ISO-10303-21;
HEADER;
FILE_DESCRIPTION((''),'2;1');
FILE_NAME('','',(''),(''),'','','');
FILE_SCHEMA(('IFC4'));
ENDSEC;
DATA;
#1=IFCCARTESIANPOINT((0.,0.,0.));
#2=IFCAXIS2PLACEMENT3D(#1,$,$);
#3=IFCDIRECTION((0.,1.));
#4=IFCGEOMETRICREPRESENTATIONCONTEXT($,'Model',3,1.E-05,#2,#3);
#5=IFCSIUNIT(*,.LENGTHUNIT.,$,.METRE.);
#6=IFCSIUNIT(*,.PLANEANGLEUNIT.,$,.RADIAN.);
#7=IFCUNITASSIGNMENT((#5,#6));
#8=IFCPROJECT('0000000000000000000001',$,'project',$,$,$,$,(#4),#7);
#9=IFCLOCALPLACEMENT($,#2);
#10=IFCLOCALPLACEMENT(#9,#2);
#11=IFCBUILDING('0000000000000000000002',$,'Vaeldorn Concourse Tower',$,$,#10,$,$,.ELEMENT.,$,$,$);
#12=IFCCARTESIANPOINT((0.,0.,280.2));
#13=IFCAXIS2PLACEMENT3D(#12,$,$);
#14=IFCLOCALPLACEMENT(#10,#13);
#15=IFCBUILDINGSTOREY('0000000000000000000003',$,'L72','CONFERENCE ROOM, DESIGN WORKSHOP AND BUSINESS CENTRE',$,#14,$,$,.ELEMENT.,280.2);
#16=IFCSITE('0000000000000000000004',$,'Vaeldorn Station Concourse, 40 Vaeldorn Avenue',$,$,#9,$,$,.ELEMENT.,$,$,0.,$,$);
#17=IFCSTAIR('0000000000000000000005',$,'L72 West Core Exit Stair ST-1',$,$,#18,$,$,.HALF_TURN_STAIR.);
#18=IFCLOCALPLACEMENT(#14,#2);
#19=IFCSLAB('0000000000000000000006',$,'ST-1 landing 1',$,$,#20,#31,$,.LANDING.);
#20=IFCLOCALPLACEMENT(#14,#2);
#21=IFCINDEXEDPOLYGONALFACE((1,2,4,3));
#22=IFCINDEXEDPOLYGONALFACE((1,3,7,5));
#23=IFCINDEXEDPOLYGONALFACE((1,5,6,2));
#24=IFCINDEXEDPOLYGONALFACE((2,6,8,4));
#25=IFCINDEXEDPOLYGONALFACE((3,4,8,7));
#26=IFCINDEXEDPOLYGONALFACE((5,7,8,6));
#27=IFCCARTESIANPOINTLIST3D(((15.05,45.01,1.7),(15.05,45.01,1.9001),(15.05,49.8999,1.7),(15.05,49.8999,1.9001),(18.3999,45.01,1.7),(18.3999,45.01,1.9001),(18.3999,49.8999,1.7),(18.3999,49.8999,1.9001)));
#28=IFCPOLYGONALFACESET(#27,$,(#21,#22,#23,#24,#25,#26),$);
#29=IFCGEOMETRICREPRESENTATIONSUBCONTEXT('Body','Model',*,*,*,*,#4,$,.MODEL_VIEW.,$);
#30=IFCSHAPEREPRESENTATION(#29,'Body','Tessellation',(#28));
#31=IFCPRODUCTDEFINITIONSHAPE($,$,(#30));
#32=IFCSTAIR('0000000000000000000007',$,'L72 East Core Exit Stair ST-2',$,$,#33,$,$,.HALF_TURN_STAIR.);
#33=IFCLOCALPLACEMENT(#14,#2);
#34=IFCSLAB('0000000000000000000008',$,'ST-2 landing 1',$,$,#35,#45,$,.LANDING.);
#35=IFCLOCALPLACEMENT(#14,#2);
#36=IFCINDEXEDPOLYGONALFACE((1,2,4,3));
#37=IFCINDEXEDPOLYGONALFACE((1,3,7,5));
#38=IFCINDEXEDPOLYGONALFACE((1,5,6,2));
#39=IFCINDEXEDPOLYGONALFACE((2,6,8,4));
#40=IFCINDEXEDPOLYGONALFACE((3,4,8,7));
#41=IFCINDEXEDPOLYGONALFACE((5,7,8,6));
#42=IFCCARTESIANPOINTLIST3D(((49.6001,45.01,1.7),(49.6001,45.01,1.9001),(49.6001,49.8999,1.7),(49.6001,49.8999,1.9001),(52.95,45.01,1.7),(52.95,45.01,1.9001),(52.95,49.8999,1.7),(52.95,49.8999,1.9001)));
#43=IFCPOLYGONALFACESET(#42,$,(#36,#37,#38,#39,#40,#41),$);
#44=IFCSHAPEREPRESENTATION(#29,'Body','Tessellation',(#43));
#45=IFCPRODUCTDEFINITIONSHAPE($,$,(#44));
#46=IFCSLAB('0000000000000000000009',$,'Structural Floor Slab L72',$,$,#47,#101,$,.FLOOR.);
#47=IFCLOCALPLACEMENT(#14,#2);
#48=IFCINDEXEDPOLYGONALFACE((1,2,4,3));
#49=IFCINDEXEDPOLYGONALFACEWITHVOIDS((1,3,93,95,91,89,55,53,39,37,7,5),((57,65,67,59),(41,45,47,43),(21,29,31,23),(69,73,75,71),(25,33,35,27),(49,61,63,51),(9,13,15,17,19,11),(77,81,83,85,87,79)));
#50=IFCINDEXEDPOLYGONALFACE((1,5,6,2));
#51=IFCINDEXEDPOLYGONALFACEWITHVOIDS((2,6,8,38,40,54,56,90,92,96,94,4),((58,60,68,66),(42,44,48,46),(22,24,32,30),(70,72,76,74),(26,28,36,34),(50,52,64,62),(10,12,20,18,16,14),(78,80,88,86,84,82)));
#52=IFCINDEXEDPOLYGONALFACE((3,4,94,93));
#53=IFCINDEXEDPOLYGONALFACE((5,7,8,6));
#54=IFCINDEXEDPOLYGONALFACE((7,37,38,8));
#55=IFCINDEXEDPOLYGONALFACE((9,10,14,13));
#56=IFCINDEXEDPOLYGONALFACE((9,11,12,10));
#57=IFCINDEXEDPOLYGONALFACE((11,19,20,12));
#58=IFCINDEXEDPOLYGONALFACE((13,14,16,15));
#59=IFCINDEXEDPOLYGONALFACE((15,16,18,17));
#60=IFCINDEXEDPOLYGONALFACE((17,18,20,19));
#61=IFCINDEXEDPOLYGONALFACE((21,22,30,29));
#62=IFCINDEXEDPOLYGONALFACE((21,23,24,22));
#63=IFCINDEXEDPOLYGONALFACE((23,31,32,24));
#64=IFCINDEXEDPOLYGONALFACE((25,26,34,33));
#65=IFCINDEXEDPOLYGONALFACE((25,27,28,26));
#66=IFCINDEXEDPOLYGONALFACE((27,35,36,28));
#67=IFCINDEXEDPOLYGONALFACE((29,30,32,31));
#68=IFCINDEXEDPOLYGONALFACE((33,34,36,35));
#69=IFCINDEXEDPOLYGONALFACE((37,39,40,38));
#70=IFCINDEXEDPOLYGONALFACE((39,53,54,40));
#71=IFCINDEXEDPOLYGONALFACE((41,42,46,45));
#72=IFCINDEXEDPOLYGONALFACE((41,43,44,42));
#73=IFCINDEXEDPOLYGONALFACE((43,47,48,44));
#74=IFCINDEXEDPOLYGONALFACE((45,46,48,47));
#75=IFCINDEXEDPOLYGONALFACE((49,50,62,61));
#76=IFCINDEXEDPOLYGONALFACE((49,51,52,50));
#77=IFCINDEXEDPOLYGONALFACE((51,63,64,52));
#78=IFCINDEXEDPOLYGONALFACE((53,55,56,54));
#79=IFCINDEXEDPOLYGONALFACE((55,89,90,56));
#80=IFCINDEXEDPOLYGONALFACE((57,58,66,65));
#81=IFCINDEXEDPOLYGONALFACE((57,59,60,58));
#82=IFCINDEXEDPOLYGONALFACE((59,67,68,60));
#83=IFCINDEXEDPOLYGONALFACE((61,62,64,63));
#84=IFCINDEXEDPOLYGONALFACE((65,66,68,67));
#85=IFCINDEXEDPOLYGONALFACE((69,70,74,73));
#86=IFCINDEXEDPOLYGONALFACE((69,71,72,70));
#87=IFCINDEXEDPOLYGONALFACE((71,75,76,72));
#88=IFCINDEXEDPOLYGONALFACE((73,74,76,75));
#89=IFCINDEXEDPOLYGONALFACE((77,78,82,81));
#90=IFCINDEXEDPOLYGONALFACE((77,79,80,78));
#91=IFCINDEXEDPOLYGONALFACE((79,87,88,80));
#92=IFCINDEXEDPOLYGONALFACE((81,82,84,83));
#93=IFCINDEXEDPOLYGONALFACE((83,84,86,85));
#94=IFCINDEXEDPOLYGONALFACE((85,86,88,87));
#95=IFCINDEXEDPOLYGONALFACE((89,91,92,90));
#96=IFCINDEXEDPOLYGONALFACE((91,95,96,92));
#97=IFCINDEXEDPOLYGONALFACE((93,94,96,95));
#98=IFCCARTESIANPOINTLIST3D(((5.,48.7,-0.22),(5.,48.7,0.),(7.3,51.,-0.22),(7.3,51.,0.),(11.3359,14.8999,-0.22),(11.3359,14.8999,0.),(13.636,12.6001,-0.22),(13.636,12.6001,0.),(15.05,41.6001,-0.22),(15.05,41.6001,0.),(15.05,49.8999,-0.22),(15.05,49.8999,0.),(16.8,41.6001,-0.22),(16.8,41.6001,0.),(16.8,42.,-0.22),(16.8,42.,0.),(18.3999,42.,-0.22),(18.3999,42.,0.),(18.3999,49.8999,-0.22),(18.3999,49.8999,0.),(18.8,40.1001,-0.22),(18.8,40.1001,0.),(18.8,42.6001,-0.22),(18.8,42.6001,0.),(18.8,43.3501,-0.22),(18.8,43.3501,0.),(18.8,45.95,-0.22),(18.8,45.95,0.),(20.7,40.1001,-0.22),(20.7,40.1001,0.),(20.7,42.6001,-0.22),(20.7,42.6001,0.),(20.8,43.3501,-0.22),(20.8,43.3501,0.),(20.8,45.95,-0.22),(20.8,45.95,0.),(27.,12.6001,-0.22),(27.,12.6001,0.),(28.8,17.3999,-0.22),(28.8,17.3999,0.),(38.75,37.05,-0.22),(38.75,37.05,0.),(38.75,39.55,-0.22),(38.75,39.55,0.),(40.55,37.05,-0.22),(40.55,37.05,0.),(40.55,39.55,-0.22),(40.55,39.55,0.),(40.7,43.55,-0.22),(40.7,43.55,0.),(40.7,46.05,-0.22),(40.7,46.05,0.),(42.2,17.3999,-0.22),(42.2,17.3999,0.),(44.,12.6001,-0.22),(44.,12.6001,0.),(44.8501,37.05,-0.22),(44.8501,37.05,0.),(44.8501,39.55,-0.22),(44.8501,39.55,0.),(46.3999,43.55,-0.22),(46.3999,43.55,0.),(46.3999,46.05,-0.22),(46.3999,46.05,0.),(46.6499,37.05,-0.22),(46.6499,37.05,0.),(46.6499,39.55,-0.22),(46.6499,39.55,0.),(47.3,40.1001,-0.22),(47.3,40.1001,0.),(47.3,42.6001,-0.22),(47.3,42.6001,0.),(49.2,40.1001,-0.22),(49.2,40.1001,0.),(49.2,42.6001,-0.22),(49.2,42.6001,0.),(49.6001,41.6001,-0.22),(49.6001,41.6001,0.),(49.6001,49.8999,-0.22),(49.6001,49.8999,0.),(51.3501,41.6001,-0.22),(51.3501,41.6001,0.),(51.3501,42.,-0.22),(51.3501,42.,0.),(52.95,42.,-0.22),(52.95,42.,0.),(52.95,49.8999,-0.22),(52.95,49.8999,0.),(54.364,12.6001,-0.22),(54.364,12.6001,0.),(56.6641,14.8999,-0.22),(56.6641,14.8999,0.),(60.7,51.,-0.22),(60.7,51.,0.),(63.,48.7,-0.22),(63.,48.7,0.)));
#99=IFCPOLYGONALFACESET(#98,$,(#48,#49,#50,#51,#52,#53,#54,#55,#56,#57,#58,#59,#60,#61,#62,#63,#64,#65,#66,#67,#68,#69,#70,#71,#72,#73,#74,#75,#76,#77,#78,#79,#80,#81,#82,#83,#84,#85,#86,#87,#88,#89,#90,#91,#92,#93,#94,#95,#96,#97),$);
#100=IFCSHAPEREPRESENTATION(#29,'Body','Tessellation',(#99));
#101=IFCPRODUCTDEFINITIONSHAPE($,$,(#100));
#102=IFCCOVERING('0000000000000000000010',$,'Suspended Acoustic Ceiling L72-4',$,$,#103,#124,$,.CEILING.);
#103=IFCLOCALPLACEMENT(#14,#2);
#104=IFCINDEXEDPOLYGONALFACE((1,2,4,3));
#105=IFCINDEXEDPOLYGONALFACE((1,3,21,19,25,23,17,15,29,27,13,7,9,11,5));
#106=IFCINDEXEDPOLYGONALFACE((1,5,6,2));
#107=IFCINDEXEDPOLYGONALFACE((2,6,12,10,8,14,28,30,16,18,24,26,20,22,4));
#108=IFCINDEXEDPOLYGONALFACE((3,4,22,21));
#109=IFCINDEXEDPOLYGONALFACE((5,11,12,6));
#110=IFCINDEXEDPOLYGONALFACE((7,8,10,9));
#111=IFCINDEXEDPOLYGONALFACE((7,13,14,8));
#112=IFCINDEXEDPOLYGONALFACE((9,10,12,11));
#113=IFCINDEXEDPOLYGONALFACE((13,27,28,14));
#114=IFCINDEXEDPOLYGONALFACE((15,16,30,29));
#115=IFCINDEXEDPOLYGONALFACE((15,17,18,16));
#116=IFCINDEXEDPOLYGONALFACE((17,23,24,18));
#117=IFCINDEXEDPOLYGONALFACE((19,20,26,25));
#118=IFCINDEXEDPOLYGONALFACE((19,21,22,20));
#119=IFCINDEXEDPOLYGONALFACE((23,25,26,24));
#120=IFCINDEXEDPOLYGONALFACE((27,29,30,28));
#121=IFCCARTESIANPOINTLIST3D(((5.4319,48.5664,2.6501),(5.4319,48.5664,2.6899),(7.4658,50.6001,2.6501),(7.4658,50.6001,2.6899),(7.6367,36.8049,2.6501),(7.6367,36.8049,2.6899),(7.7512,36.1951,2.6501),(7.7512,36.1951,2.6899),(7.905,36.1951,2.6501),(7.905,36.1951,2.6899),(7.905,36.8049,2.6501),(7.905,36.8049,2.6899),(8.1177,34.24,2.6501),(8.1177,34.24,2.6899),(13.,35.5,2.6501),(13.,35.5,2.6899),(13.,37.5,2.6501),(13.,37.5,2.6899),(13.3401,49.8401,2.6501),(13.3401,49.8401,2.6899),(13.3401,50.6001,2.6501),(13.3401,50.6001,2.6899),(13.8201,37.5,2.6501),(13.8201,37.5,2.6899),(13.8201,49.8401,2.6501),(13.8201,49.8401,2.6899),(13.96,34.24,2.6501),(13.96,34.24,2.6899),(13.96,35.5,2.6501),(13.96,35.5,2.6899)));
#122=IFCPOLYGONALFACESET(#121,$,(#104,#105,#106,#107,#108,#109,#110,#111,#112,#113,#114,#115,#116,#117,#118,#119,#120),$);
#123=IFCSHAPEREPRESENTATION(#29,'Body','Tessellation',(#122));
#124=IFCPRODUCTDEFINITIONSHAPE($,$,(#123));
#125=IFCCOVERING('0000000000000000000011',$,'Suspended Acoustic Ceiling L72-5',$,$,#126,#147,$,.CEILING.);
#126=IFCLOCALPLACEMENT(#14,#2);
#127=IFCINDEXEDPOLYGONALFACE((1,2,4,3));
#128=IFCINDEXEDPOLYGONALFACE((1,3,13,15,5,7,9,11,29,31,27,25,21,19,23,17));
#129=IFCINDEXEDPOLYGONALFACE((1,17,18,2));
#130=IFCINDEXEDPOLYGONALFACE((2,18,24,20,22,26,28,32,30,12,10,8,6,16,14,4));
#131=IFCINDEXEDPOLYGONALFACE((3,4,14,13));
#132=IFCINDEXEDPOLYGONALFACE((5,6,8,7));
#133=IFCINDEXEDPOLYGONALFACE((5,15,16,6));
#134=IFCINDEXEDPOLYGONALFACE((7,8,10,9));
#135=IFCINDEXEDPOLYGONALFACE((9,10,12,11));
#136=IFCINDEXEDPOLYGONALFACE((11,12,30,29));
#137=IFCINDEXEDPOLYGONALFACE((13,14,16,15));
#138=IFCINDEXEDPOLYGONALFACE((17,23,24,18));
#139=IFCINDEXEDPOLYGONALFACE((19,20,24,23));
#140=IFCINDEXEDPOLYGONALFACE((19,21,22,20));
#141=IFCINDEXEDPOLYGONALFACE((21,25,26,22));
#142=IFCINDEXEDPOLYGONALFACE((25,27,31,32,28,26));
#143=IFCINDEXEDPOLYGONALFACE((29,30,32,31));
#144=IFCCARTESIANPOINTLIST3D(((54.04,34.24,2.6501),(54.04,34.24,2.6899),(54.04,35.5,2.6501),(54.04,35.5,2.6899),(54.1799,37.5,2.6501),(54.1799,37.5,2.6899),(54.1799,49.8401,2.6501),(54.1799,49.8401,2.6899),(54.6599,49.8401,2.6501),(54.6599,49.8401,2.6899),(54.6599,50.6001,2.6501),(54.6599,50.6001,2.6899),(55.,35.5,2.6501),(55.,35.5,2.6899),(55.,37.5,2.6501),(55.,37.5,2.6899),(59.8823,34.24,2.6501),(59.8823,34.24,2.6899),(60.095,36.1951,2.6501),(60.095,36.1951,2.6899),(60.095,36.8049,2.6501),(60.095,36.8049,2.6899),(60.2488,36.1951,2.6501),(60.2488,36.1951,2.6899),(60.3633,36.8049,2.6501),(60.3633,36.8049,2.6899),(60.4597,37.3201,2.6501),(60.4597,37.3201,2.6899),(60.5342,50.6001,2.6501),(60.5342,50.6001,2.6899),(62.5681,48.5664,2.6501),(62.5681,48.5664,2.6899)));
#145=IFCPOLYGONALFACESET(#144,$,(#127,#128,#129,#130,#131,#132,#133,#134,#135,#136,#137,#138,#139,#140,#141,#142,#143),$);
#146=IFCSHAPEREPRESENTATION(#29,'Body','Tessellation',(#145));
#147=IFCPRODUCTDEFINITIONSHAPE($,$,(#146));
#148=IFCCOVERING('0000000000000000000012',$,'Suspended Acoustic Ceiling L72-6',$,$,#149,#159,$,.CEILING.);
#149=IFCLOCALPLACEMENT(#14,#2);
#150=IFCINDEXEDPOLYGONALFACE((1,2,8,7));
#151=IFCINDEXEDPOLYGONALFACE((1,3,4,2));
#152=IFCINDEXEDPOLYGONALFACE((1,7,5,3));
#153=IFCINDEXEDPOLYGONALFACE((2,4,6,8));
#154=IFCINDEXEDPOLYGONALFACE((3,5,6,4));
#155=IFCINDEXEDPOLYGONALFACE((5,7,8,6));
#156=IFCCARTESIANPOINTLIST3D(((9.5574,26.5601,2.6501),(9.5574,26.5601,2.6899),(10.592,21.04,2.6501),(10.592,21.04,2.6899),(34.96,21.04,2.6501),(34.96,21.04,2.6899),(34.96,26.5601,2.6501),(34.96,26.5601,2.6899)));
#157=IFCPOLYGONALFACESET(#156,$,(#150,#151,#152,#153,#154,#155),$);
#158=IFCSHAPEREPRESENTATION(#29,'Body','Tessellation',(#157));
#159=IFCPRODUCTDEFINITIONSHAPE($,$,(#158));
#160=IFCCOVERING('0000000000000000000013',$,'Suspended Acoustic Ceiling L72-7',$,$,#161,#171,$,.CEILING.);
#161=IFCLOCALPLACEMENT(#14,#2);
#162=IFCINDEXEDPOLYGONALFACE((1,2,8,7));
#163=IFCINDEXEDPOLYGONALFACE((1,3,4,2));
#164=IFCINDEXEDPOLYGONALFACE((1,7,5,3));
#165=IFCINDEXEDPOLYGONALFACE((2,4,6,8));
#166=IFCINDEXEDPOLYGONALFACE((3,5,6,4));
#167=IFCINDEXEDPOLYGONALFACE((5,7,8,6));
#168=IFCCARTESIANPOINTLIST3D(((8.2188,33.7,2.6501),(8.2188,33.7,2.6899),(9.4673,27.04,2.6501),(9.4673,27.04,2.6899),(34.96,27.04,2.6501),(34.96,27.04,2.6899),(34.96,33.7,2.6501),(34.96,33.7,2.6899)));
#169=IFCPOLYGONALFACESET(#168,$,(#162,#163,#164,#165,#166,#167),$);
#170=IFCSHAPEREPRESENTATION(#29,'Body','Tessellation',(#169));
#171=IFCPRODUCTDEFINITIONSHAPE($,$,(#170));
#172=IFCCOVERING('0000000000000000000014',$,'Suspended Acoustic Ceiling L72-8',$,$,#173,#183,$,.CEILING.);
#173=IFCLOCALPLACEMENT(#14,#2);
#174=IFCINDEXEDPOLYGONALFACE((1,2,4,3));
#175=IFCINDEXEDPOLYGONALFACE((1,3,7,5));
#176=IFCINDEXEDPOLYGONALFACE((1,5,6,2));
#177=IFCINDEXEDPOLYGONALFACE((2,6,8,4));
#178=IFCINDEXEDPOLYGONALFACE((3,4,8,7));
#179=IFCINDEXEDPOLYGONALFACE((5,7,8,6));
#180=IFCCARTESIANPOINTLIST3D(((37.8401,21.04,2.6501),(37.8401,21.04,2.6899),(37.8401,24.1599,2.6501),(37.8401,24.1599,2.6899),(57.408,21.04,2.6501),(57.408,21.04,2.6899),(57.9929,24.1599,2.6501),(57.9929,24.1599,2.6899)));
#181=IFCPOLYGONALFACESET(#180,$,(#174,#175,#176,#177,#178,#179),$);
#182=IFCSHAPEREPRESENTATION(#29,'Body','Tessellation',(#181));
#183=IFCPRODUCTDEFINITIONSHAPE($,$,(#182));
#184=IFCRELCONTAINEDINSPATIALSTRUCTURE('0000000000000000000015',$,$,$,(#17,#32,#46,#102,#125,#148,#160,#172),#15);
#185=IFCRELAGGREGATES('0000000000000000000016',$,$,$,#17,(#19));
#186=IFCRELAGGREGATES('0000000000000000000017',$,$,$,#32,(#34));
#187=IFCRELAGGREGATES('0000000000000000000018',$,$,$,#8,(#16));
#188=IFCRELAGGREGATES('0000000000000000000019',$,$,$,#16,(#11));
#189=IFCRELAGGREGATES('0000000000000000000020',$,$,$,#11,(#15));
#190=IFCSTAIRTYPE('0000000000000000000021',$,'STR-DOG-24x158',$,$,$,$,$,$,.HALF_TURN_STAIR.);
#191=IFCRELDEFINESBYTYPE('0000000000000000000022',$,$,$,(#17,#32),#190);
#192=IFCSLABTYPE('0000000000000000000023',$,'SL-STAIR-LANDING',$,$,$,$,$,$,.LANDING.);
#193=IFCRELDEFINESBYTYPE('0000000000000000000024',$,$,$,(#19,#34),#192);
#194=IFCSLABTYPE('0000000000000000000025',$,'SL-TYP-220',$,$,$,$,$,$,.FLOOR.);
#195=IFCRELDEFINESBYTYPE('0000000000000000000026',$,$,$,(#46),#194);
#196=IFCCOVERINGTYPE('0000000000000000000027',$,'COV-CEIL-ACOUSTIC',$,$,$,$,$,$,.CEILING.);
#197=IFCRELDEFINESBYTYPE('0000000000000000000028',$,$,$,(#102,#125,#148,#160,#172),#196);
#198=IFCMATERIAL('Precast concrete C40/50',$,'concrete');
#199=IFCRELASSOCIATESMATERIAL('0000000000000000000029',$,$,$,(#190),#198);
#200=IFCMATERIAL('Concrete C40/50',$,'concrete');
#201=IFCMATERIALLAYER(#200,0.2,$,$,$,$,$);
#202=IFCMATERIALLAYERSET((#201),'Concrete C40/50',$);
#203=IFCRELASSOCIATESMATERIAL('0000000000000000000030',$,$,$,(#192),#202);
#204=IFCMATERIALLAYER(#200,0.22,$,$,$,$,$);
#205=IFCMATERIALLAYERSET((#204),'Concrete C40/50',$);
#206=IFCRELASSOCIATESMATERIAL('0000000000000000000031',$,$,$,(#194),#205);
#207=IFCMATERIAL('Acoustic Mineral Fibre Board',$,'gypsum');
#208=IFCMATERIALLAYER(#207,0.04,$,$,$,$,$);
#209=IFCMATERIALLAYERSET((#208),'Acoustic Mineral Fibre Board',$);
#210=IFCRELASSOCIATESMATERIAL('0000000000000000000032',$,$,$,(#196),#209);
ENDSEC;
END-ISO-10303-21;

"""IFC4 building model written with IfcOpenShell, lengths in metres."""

from ifc_helpers import new_model, si_unit, direction, frame, origin, place, context, subcontext, project, spatial, polyline, outline, extrude, material, layer, layer_set, type_object, element, aggregate, save


model = new_model("IFC4")

# Units and contexts
model_context = context("Model", 3, precision=1e-05, world=origin(), true_north=direction((0.0, 1.0)))
body_context = subcontext(model_context, "Body", "Model", "MODEL_VIEW")
ifc_project = project(units=[si_unit("LENGTHUNIT", "METRE"), si_unit("PLANEANGLEUNIT", "RADIAN")], contexts=[model_context])

# Site, building, storey
site_placement = place(None, origin())
site = spatial("IfcSite", under=ifc_project, at=site_placement, Name="Vaeldorn Station Concourse, 40 Vaeldorn Avenue", CompositionType="ELEMENT", RefElevation=0.0)
building_placement = place(site_placement, origin())
building = spatial("IfcBuilding", under=site, at=building_placement, Name="Vaeldorn Concourse Tower", CompositionType="ELEMENT")
storey_placement = place(building_placement, frame((0.0, 0.0, 280.2)))
storey = spatial("IfcBuildingStorey", under=building, at=storey_placement, Name="L72", Description="CONFERENCE ROOM, DESIGN WORKSHOP AND BUSINESS CENTRE", CompositionType="ELEMENT", Elevation=280.2)

# Stairs, slabs
ifc_material_1 = material(Name="Precast concrete C40/50", Category="concrete")
stair_type = type_object("IfcStairType", Name="STR-DOG-24x158", PredefinedType="HALF_TURN_STAIR", material=ifc_material_1)
stair_1_placement = place(storey_placement, origin())
stair_1 = element("IfcStair", 1, at=stair_1_placement, inside=storey, type_object=stair_type, Name="L72 West Core Exit Stair ST-1", PredefinedType="HALF_TURN_STAIR")
ifc_material_2 = material(Name="Concrete C40/50", Category="concrete")
ifc_layer_1 = layer(ifc_material_2, 0.2)
ifc_layer_set_1 = layer_set([ifc_layer_1], Name="Concrete C40/50")
slab_type_1 = type_object("IfcSlabType", Name="SL-STAIR-LANDING", PredefinedType="LANDING", material=ifc_layer_set_1)
slab_1_placement = place(storey_placement, frame((0.0, 0.0, 1.7)))
slab_1 = element("IfcSlab", 2, at=slab_1_placement, type_object=slab_type_1, Name="ST-1 landing 1", PredefinedType="LANDING", context=body_context, shape_type="SweptSolid", body=[
    extrude(outline(polyline([(18.3999, 45.01), (18.3999, 49.8999), (15.05, 49.8999), (15.05, 45.01), (18.3999, 45.01)])), origin(), (0.0, 0.0, 1.0), 0.2002),
])
aggregate(stair_1, [slab_1])
stair_2_placement = place(storey_placement, origin())
stair_2 = element("IfcStair", 3, at=stair_2_placement, inside=storey, type_object=stair_type, Name="L72 East Core Exit Stair ST-2", PredefinedType="HALF_TURN_STAIR")
slab_2_placement = place(storey_placement, frame((0.0, 0.0, 1.7)))
slab_2 = element("IfcSlab", 4, at=slab_2_placement, type_object=slab_type_1, Name="ST-2 landing 1", PredefinedType="LANDING", context=body_context, shape_type="SweptSolid", body=[
    extrude(outline(polyline([(52.95, 45.01), (52.95, 49.8999), (49.6001, 49.8999), (49.6001, 45.01), (52.95, 45.01)])), origin(), (0.0, 0.0, 1.0), 0.2002),
])
aggregate(stair_2, [slab_2])

# Slab
ifc_layer_2 = layer(ifc_material_2, 0.22)
ifc_layer_set_2 = layer_set([ifc_layer_2], Name="Concrete C40/50")
slab_type_2 = type_object("IfcSlabType", Name="SL-TYP-220", PredefinedType="FLOOR", material=ifc_layer_set_2)
slab_3_placement = place(storey_placement, frame((0.0, 0.0, -0.22)))
element("IfcSlab", 5, at=slab_3_placement, inside=storey, type_object=slab_type_2, Name="Structural Floor Slab L72", PredefinedType="FLOOR", context=body_context, shape_type="SweptSolid", body=[
    extrude(outline(polyline([(13.636, 12.6001), (27.0, 12.6001), (28.8, 17.3999), (42.2, 17.3999), (44.0, 12.6001), (54.364, 12.6001), (56.6641, 14.8999), (63.0, 48.7), (60.7, 51.0), (7.3, 51.0), (5.0, 48.7), (11.3359, 14.8999), (13.636, 12.6001)]), holes=[polyline([(18.3999, 42.0), (18.3999, 49.8999), (15.05, 49.8999), (15.05, 41.6001), (16.8, 41.6001), (16.8, 42.0), (18.3999, 42.0)]), polyline([(52.95, 42.0), (52.95, 49.8999), (49.6001, 49.8999), (49.6001, 41.6001), (51.3501, 41.6001), (51.3501, 42.0), (52.95, 42.0)]), polyline([(38.75, 37.05), (40.55, 37.05), (40.55, 39.55), (38.75, 39.55), (38.75, 37.05)]), polyline([(44.8501, 37.05), (46.6499, 37.05), (46.6499, 39.55), (44.8501, 39.55), (44.8501, 37.05)]), polyline([(40.7, 43.55), (46.3999, 43.55), (46.3999, 46.05), (40.7, 46.05), (40.7, 43.55)]), polyline([(18.8, 43.3501), (20.8, 43.3501), (20.8, 45.95), (18.8, 45.95), (18.8, 43.3501)]), polyline([(18.8, 40.1001), (20.7, 40.1001), (20.7, 42.6001), (18.8, 42.6001), (18.8, 40.1001)]), polyline([(47.3, 40.1001), (49.2, 40.1001), (49.2, 42.6001), (47.3, 42.6001), (47.3, 40.1001)])]), origin(), (0.0, 0.0, 1.0), 0.22),
])

# Coverings
ifc_material_3 = material(Name="Acoustic Mineral Fibre Board", Category="gypsum")
ifc_layer_3 = layer(ifc_material_3, 0.04)
ifc_layer_set_3 = layer_set([ifc_layer_3], Name="Acoustic Mineral Fibre Board")
covering_type_1 = type_object("IfcCoveringType", Name="COV-CEIL-ACOUSTIC", PredefinedType="CEILING", material=ifc_layer_set_3)
covering_1_placement = place(storey_placement, frame((0.0, 0.0, 2.6501)))
element("IfcCovering", 6, at=covering_1_placement, inside=storey, type_object=covering_type_1, Name="Suspended Acoustic Ceiling L72-4", PredefinedType="CEILING", context=body_context, shape_type="SweptSolid", body=[
    extrude(outline(polyline([(7.4658, 50.6001), (13.3401, 50.6001), (13.3401, 49.8401), (13.8201, 49.8401), (13.8201, 37.5), (13.0, 37.5), (13.0, 35.5), (13.96, 35.5), (13.96, 34.24), (8.1177, 34.24), (7.7512, 36.1951), (7.905, 36.1951), (7.905, 36.8049), (7.6367, 36.8049), (5.4319, 48.5664), (7.4658, 50.6001)])), origin(), (0.0, 0.0, 1.0), 0.0398),
])
covering_2_placement = place(storey_placement, frame((0.0, 0.0, 2.6501)))
element("IfcCovering", 7, at=covering_2_placement, inside=storey, type_object=covering_type_1, Name="Suspended Acoustic Ceiling L72-5", PredefinedType="CEILING", context=body_context, shape_type="SweptSolid", body=[
    extrude(outline(polyline([(54.1799, 49.8401), (54.6599, 49.8401), (54.6599, 50.6001), (60.5342, 50.6001), (62.5681, 48.5664), (60.4597, 37.3201), (60.4597, 37.3201), (60.3633, 36.8049), (60.095, 36.8049), (60.095, 36.1951), (60.2488, 36.1951), (59.8823, 34.24), (54.04, 34.24), (54.04, 35.5), (55.0, 35.5), (55.0, 37.5), (54.1799, 37.5), (54.1799, 49.8401)])), origin(), (0.0, 0.0, 1.0), 0.0398),
])
covering_3_placement = place(storey_placement, frame((0.0, 0.0, 2.6501)))
element("IfcCovering", 8, at=covering_3_placement, inside=storey, type_object=covering_type_1, Name="Suspended Acoustic Ceiling L72-6", PredefinedType="CEILING", context=body_context, shape_type="SweptSolid", body=[
    extrude(outline(polyline([(34.96, 26.5601), (34.96, 21.04), (10.592, 21.04), (9.5574, 26.5601), (34.96, 26.5601)])), origin(), (0.0, 0.0, 1.0), 0.0398),
])
covering_4_placement = place(storey_placement, frame((0.0, 0.0, 2.6501)))
element("IfcCovering", 9, at=covering_4_placement, inside=storey, type_object=covering_type_1, Name="Suspended Acoustic Ceiling L72-7", PredefinedType="CEILING", context=body_context, shape_type="SweptSolid", body=[
    extrude(outline(polyline([(34.96, 33.7), (34.96, 27.04), (9.4673, 27.04), (8.2188, 33.7), (34.96, 33.7)])), origin(), (0.0, 0.0, 1.0), 0.0398),
])
covering_5_placement = place(storey_placement, frame((0.0, 0.0, 2.6501)))
element("IfcCovering", 10, at=covering_5_placement, inside=storey, type_object=covering_type_1, Name="Suspended Acoustic Ceiling L72-8", PredefinedType="CEILING", context=body_context, shape_type="SweptSolid", body=[
    extrude(outline(polyline([(37.8401, 21.04), (37.8401, 24.1599), (57.9929, 24.1599), (57.408, 21.04), (37.8401, 21.04)])), origin(), (0.0, 0.0, 1.0), 0.0398),
])

save(model, "model.ifc")
